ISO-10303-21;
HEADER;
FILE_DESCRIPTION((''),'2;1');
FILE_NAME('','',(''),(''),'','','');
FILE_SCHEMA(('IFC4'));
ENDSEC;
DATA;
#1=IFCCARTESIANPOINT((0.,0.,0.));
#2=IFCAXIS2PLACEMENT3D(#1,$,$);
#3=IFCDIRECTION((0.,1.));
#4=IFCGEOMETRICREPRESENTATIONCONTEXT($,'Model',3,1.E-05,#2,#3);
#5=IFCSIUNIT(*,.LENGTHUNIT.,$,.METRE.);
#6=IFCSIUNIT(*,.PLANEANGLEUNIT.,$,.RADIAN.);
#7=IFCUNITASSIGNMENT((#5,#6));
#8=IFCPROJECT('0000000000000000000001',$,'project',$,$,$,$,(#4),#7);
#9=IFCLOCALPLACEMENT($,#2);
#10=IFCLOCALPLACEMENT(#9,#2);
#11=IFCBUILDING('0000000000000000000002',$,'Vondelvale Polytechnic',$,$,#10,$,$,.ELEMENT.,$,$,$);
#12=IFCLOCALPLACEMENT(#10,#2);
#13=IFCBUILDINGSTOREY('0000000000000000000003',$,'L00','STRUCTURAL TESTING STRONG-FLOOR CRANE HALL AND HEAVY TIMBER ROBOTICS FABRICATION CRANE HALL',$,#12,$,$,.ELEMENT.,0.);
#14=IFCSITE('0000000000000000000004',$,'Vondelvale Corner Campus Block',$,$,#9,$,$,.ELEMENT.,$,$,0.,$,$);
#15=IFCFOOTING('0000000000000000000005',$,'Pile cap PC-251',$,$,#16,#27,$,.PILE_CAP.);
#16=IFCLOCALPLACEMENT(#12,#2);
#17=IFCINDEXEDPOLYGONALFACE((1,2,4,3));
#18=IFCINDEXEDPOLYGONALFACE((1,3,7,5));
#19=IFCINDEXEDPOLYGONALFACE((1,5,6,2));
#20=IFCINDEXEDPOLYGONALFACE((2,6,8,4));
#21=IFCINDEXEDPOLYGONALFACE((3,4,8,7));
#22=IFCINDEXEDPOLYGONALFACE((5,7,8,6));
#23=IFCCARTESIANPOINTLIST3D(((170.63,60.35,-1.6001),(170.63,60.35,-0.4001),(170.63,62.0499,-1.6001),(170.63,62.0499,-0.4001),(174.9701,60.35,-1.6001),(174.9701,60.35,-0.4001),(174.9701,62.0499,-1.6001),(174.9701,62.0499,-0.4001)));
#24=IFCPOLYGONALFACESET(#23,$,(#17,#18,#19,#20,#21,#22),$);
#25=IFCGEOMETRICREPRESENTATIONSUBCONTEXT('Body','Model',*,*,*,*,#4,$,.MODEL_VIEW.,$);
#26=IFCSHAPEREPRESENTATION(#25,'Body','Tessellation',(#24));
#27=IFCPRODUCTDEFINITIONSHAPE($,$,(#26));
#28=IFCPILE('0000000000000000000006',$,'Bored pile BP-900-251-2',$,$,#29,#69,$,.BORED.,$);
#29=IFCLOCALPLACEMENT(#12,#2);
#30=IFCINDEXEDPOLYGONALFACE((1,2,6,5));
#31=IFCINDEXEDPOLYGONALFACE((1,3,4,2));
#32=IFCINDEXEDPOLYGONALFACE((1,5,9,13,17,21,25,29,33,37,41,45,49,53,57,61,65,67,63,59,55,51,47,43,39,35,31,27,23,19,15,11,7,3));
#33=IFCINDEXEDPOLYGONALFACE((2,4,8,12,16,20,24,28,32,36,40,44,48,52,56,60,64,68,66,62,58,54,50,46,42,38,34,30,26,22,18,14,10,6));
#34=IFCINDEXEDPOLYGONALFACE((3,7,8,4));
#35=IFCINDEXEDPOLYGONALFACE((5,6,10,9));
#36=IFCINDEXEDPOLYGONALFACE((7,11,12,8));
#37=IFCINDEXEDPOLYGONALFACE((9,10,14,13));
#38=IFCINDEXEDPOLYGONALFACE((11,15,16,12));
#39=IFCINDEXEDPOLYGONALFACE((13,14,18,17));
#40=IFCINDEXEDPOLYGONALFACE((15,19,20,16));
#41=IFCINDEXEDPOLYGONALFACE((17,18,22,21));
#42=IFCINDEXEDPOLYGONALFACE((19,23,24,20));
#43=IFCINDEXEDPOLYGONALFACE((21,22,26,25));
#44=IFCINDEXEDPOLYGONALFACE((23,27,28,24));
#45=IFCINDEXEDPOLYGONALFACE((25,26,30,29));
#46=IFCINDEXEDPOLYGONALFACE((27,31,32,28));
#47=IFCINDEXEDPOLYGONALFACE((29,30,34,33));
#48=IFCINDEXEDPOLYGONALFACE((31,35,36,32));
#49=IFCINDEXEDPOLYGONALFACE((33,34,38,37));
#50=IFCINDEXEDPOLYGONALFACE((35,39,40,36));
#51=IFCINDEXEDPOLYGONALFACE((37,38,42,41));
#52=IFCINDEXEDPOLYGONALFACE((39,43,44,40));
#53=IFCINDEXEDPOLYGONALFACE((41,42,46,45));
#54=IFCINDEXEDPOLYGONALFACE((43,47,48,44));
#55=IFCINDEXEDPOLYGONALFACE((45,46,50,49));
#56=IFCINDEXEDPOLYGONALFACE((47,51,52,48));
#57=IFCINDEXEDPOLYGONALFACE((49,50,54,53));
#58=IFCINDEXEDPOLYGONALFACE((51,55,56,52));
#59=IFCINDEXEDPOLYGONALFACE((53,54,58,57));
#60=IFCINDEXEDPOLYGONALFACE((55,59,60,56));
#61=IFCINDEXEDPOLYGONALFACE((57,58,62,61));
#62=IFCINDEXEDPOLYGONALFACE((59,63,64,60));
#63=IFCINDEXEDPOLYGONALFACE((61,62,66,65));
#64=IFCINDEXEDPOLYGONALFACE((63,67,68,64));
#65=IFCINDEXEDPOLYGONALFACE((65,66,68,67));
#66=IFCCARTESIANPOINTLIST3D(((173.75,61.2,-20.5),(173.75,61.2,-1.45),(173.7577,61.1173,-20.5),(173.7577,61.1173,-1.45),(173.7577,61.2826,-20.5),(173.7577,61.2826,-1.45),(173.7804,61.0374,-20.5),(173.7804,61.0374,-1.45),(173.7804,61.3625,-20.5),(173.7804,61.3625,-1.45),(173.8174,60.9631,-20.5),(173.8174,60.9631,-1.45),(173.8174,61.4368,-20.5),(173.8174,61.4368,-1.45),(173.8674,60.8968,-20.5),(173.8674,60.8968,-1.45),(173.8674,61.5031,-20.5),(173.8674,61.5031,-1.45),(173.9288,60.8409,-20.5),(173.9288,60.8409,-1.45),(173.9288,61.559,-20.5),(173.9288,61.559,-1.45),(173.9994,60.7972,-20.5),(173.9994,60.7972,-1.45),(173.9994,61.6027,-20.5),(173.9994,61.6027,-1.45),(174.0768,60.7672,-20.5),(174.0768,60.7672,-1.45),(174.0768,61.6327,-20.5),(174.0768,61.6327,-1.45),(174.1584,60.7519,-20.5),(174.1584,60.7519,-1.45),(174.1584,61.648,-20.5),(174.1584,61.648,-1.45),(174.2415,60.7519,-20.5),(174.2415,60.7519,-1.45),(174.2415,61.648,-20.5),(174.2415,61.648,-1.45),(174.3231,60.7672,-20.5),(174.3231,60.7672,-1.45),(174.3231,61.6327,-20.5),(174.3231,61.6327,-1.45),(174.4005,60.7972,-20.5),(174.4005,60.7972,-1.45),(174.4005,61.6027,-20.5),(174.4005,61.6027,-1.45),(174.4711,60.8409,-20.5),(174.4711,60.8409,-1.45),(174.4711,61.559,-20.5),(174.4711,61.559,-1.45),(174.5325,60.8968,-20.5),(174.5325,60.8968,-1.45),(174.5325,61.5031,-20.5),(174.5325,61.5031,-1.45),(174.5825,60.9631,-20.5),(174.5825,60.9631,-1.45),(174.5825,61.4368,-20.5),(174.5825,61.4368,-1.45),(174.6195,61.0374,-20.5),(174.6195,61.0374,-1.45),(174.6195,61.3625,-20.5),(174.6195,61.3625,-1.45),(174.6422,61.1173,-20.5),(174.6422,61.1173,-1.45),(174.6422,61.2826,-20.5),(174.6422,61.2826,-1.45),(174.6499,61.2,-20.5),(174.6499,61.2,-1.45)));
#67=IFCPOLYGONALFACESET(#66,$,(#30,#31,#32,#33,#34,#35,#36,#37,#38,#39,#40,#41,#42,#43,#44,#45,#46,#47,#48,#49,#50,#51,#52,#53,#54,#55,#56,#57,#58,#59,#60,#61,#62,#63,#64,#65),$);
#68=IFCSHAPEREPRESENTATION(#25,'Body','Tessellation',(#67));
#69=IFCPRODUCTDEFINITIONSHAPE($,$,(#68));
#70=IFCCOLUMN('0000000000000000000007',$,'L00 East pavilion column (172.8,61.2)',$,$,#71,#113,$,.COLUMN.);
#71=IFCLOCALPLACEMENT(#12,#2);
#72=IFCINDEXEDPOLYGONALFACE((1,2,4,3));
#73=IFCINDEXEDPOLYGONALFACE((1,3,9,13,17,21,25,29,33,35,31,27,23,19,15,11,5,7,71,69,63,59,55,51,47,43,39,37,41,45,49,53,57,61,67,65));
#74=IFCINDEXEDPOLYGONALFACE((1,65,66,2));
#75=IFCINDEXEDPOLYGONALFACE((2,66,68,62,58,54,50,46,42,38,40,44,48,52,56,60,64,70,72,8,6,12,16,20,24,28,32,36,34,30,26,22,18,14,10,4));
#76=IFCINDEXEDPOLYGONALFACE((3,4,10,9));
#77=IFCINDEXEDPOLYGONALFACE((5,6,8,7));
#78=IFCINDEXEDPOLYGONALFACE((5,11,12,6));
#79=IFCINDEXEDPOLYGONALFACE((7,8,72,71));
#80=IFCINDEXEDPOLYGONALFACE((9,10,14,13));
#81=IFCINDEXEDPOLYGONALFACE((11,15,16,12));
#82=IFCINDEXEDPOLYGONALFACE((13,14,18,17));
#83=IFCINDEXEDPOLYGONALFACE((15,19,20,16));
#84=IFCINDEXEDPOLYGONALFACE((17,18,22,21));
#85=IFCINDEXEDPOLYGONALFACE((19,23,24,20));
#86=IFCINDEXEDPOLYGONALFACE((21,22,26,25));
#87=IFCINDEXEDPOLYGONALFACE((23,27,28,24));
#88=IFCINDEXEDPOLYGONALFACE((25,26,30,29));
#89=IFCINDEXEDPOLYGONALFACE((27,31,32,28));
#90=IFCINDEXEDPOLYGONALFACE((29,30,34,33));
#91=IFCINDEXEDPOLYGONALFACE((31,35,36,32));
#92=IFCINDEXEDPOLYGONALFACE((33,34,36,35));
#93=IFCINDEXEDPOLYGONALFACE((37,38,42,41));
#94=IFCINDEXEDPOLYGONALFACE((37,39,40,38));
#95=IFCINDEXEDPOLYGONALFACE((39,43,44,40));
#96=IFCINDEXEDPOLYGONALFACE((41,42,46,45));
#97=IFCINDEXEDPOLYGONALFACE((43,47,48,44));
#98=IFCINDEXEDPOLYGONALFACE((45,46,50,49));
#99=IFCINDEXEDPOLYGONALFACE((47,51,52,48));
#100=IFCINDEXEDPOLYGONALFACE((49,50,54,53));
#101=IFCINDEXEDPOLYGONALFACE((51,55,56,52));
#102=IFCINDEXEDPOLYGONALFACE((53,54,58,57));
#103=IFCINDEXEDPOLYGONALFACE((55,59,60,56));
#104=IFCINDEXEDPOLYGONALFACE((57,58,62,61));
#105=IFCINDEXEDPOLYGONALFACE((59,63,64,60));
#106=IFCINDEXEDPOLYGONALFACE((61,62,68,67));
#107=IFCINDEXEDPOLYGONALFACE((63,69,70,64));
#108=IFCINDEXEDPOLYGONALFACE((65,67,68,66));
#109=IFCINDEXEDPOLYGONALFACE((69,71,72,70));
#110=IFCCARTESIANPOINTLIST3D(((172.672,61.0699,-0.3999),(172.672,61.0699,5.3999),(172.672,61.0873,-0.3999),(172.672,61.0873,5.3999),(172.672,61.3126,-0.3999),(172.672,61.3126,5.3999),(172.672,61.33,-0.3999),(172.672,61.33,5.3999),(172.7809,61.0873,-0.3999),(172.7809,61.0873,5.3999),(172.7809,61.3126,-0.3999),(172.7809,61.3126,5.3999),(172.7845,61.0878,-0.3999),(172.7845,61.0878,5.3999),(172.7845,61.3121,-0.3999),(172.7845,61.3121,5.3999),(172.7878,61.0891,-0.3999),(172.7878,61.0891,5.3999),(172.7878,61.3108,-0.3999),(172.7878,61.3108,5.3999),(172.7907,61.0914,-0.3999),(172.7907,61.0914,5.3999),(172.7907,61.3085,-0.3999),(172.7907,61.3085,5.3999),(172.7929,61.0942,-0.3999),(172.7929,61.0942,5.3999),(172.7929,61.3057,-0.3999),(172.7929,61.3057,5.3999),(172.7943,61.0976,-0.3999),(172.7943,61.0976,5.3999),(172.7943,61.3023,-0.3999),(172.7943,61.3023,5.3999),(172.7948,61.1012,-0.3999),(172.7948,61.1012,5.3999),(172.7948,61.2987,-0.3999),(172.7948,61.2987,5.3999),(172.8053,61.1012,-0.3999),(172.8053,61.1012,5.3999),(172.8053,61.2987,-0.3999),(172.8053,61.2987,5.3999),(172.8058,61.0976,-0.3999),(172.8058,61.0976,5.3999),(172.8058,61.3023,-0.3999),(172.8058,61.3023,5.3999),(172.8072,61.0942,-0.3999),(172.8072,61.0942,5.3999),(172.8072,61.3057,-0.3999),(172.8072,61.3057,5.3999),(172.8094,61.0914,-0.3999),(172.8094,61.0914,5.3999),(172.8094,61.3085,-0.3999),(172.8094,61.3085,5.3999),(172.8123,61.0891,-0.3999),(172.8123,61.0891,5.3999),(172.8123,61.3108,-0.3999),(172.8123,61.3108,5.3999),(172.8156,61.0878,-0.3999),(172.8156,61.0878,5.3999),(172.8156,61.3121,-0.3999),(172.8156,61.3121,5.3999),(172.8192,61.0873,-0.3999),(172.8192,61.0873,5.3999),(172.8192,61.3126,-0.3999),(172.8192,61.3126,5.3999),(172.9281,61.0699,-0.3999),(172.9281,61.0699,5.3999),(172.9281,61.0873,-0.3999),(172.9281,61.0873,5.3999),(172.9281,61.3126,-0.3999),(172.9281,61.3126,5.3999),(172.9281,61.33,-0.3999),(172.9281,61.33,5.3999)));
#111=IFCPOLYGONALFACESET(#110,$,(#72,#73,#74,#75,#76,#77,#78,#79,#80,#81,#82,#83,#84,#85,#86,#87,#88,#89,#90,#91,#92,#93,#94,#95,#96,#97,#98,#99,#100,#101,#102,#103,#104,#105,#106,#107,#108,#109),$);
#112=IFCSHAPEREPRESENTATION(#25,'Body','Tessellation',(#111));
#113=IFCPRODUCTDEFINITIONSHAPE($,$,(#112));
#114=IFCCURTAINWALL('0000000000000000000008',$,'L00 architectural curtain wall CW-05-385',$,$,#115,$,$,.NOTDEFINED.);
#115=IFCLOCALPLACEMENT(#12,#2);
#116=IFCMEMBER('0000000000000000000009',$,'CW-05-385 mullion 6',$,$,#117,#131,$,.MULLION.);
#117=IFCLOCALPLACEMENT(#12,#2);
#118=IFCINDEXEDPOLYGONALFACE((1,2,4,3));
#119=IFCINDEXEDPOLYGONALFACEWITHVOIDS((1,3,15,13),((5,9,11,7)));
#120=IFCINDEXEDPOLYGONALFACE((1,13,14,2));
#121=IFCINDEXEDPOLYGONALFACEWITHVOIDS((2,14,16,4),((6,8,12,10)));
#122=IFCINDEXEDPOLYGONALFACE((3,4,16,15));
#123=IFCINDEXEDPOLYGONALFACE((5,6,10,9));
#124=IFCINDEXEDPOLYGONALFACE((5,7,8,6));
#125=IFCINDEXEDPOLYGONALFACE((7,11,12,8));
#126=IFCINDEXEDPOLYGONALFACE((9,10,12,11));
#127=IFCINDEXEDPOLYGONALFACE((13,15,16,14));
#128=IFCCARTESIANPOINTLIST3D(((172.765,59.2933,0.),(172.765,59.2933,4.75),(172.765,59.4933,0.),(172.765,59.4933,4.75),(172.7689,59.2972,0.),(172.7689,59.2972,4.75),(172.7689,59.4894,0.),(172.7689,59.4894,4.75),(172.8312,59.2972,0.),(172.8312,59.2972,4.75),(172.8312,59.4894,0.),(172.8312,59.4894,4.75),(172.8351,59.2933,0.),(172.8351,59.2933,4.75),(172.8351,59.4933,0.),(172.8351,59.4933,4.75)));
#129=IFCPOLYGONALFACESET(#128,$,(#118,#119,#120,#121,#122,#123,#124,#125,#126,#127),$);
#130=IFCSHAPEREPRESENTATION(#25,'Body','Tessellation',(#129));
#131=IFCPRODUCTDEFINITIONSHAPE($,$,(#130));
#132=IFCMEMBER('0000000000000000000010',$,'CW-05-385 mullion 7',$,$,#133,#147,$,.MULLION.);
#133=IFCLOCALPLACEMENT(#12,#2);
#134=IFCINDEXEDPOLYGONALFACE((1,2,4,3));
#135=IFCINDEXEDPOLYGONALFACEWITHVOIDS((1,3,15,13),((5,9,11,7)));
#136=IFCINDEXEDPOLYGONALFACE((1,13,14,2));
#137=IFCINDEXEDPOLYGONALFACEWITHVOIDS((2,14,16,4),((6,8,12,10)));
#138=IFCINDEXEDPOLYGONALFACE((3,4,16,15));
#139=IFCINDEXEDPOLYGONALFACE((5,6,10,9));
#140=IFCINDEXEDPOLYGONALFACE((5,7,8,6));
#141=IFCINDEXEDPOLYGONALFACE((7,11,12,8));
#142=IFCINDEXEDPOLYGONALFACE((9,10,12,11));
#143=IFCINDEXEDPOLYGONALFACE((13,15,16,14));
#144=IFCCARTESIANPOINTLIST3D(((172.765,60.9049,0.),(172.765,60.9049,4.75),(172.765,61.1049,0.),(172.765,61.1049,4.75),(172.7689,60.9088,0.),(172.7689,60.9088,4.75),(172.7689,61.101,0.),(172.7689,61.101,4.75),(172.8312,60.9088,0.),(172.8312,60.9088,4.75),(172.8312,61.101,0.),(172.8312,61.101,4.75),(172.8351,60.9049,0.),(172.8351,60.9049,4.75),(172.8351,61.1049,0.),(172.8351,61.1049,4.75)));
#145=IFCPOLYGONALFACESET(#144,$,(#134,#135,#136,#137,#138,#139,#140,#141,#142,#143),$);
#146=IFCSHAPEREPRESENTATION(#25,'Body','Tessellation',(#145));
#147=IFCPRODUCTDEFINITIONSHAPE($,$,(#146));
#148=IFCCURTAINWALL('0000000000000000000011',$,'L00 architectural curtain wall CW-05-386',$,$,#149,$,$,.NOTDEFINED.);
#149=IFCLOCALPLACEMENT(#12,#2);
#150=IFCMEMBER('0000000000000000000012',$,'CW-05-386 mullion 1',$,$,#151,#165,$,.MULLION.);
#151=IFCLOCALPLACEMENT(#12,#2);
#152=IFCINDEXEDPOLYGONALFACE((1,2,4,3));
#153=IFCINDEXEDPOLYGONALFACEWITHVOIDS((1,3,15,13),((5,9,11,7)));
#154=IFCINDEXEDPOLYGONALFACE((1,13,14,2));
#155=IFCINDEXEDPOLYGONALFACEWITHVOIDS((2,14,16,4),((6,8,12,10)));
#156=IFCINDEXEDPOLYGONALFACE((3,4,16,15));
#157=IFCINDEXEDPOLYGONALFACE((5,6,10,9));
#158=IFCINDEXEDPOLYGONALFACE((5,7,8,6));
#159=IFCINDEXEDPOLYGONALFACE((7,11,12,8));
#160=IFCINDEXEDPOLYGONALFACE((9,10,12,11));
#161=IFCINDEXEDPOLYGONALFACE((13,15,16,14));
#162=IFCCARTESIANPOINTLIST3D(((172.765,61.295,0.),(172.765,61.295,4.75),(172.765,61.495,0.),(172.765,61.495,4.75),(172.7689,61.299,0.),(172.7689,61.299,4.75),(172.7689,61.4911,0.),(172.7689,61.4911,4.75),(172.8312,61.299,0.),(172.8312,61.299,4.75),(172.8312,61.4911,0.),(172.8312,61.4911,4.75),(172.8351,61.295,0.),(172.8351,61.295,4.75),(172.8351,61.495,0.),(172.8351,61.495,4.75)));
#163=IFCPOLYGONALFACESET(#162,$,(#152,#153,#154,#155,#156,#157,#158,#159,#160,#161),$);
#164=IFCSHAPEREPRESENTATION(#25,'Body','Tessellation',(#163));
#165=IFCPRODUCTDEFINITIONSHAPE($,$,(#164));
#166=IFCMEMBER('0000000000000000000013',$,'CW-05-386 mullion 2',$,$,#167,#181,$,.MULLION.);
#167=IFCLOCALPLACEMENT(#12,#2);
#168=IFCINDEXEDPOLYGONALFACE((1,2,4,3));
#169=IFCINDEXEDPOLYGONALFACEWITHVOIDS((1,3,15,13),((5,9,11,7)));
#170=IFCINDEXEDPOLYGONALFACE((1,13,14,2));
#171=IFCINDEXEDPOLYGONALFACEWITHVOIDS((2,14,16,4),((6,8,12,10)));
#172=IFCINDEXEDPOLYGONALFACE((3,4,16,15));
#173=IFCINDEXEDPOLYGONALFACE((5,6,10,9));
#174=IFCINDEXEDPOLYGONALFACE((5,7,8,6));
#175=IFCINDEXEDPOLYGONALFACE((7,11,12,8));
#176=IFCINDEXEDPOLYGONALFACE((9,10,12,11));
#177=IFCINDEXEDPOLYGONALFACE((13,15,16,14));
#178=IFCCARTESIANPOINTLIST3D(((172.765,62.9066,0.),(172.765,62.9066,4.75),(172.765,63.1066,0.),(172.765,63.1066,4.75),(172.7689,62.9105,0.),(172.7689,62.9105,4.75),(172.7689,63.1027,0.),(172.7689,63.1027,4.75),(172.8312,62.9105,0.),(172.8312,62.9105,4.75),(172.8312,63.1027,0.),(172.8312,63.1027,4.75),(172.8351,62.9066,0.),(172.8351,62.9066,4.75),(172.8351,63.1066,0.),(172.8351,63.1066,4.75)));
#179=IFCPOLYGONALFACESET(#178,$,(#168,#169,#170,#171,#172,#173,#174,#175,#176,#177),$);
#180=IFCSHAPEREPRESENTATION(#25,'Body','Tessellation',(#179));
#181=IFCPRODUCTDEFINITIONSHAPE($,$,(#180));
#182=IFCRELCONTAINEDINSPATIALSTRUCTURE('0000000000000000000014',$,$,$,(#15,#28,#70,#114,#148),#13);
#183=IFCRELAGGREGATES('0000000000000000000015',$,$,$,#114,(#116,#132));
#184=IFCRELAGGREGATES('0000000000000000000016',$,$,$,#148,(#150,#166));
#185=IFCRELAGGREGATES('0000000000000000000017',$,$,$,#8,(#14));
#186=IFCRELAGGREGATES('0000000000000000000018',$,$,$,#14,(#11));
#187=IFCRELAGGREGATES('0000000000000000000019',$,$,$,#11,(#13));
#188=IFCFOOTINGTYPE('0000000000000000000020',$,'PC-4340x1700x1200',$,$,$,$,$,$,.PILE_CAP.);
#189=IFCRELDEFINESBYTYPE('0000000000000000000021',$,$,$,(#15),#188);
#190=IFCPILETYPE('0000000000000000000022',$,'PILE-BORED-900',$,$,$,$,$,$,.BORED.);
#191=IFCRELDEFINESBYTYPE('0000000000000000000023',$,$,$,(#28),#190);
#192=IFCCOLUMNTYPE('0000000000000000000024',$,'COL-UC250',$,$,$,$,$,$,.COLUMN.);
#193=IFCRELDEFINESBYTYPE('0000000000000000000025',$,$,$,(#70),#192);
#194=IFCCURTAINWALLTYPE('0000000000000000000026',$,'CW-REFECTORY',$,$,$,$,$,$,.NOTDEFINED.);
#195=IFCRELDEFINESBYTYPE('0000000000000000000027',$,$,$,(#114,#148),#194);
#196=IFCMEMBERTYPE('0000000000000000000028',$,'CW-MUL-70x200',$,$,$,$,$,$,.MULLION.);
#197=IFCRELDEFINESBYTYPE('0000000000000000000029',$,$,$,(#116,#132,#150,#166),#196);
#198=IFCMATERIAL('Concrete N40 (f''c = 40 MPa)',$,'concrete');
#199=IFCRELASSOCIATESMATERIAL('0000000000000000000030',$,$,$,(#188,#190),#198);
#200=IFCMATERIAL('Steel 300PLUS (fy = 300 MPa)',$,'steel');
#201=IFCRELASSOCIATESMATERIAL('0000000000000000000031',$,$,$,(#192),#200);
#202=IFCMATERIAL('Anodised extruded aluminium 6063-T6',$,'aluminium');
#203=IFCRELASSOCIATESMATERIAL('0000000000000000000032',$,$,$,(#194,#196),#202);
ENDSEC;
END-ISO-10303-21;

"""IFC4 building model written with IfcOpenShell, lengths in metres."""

from ifc_helpers import new_model, si_unit, direction, frame, origin, origin_2d, place, context, subcontext, project, spatial, rectangle, hollow_rectangle, circle, i_section, extrude, material, material_profile, profile_set, type_object, element, aggregate, save


model = new_model("IFC4")

# Units and contexts
model_context = context("Model", 3, precision=1e-05, world=origin(), true_north=direction((0.0, 1.0)))
body_context = subcontext(model_context, "Body", "Model", "MODEL_VIEW")
ifc_project = project(units=[si_unit("LENGTHUNIT", "METRE"), si_unit("PLANEANGLEUNIT", "RADIAN")], contexts=[model_context])

# Site, building, storey
site_placement = place(None, origin())
site = spatial("IfcSite", under=ifc_project, at=site_placement, Name="Vondelvale Corner Campus Block", CompositionType="ELEMENT", RefElevation=0.0)
building_placement = place(site_placement, origin())
building = spatial("IfcBuilding", under=site, at=building_placement, Name="Vondelvale Polytechnic", CompositionType="ELEMENT")
storey_placement = place(building_placement, origin())
storey = spatial("IfcBuildingStorey", under=building, at=storey_placement, Name="L00", Description="STRUCTURAL TESTING STRONG-FLOOR CRANE HALL AND HEAVY TIMBER ROBOTICS FABRICATION CRANE HALL", CompositionType="ELEMENT", Elevation=0.0)

# Footing
ifc_material_1 = material(Name="Concrete N40 (f'c = 40 MPa)", Category="concrete")
footing_type = type_object("IfcFootingType", Name="PC-4340x1700x1200", PredefinedType="PILE_CAP", material=ifc_material_1)
footing_placement = place(storey_placement, frame((172.8, 61.2, -1.6001), z_axis=(0.0, 0.0, 1.0), x_axis=(1.0, 0.0, 0.0)))
element("IfcFooting", 1, at=footing_placement, inside=storey, type_object=footing_type, Name="Pile cap PC-251", PredefinedType="PILE_CAP", context=body_context, shape_type="SweptSolid", body=[
    extrude(rectangle(XDim=4.3401, YDim=1.7, at=origin_2d()), origin(), (0.0, 0.0, 1.0), 1.2),
])

# Pile
ifc_material_profile_1 = material_profile(ifc_material_1, circle(Radius=0.45, at=origin_2d()), Name="PILE-D900")
ifc_profile_set_1 = profile_set([ifc_material_profile_1], Name="Concrete N40 (f'c = 40 MPa)")
pile_type = type_object("IfcPileType", Name="PILE-BORED-900", PredefinedType="BORED", material=ifc_profile_set_1)
pile_placement = place(storey_placement, frame((174.2, 61.2, -1.45), z_axis=(0.0, 0.0, -1.0), x_axis=(1.0, 0.0, 0.0)))
element("IfcPile", 2, at=pile_placement, inside=storey, type_object=pile_type, Name="Bored pile BP-900-251-2", PredefinedType="BORED", context=body_context, shape_type="SweptSolid", body=[
    extrude(circle(Radius=0.45, at=origin_2d()), origin(), (0.0, 0.0, 1.0), 19.05),
])

# Column
ifc_material_2 = material(Name="Steel 300PLUS (fy = 300 MPa)", Category="steel")
ifc_material_profile_2 = material_profile(ifc_material_2, i_section(OverallWidth=0.2561, OverallDepth=0.26, WebThickness=0.0105, FlangeThickness=0.0173, FilletRadius=0.0139, at=origin_2d()), Name="250UC89.5")
ifc_profile_set_2 = profile_set([ifc_material_profile_2], Name="Steel 300PLUS (fy = 300 MPa)")
column_type = type_object("IfcColumnType", Name="COL-UC250", PredefinedType="COLUMN", material=ifc_profile_set_2)
column_placement = place(storey_placement, frame((172.8, 61.2, -0.3999), z_axis=(0.0, 0.0, 1.0), x_axis=(1.0, 0.0, 0.0)))
element("IfcColumn", 3, at=column_placement, inside=storey, type_object=column_type, Name="L00 East pavilion column (172.8,61.2)", PredefinedType="COLUMN", context=body_context, shape_type="SweptSolid", body=[
    extrude(i_section(OverallWidth=0.2561, OverallDepth=0.26, WebThickness=0.0105, FlangeThickness=0.0173, FilletRadius=0.0139, at=origin_2d()), origin(), (0.0, 0.0, 1.0), 5.7998),
])

# Curtain walls, members
ifc_material_3 = material(Name="Anodised extruded aluminium 6063-T6", Category="aluminium")
curtain_wall_type = type_object("IfcCurtainWallType", Name="CW-REFECTORY", PredefinedType="NOTDEFINED", material=ifc_material_3)
curtain_wall_1_placement = place(storey_placement, origin())
curtain_wall_1 = element("IfcCurtainWall", 4, at=curtain_wall_1_placement, inside=storey, type_object=curtain_wall_type, Name="L00 architectural curtain wall CW-05-385", PredefinedType="NOTDEFINED")
ifc_material_profile_3 = material_profile(ifc_material_3, hollow_rectangle(XDim=0.0701, YDim=0.2, WallThickness=0.0039, at=origin_2d()), Name="CW-MUL-200x70")
ifc_profile_set_3 = profile_set([ifc_material_profile_3], Name="Anodised extruded aluminium 6063-T6")
member_type_1 = type_object("IfcMemberType", Name="CW-MUL-70x200", PredefinedType="MULLION", material=ifc_profile_set_3)
member_1_placement = place(storey_placement, frame((172.8, 59.3933, 0.0), z_axis=(0.0, 0.0, 1.0), x_axis=(-1.0, 0.0, 0.0)))
member_1 = element("IfcMember", 5, at=member_1_placement, type_object=member_type_1, Name="CW-05-385 mullion 6", PredefinedType="MULLION", context=body_context, shape_type="SweptSolid", body=[
    extrude(hollow_rectangle(XDim=0.0701, YDim=0.2, WallThickness=0.0039, at=origin_2d()), origin(), (0.0, 0.0, 1.0), 4.75),
])
member_2_placement = place(storey_placement, frame((172.8, 61.0049, 0.0), z_axis=(0.0, 0.0, 1.0), x_axis=(-1.0, 0.0, 0.0)))
member_2 = element("IfcMember", 6, at=member_2_placement, type_object=member_type_1, Name="CW-05-385 mullion 7", PredefinedType="MULLION", context=body_context, shape_type="SweptSolid", body=[
    extrude(hollow_rectangle(XDim=0.0701, YDim=0.2, WallThickness=0.0039, at=origin_2d()), origin(), (0.0, 0.0, 1.0), 4.75),
])
curtain_wall_2_placement = place(storey_placement, origin())
curtain_wall_2 = element("IfcCurtainWall", 7, at=curtain_wall_2_placement, inside=storey, type_object=curtain_wall_type, Name="L00 architectural curtain wall CW-05-386", PredefinedType="NOTDEFINED")
member_3_placement = place(storey_placement, frame((172.8, 61.395, 0.0), z_axis=(0.0, 0.0, 1.0), x_axis=(-1.0, 0.0, 0.0)))
member_3 = element("IfcMember", 8, at=member_3_placement, type_object=member_type_1, Name="CW-05-386 mullion 1", PredefinedType="MULLION", context=body_context, shape_type="SweptSolid", body=[
    extrude(hollow_rectangle(XDim=0.0701, YDim=0.2, WallThickness=0.0039, at=origin_2d()), origin(), (0.0, 0.0, 1.0), 4.75),
])
member_4_placement = place(storey_placement, frame((172.8, 63.0066, 0.0), z_axis=(0.0, 0.0, 1.0), x_axis=(-1.0, 0.0, 0.0)))
member_4 = element("IfcMember", 9, at=member_4_placement, type_object=member_type_1, Name="CW-05-386 mullion 2", PredefinedType="MULLION", context=body_context, shape_type="SweptSolid", body=[
    extrude(hollow_rectangle(XDim=0.0701, YDim=0.2, WallThickness=0.0039, at=origin_2d()), origin(), (0.0, 0.0, 1.0), 4.75),
])

aggregate(curtain_wall_1, [member_1, member_2])
aggregate(curtain_wall_2, [member_3, member_4])

save(model, "model.ifc")
